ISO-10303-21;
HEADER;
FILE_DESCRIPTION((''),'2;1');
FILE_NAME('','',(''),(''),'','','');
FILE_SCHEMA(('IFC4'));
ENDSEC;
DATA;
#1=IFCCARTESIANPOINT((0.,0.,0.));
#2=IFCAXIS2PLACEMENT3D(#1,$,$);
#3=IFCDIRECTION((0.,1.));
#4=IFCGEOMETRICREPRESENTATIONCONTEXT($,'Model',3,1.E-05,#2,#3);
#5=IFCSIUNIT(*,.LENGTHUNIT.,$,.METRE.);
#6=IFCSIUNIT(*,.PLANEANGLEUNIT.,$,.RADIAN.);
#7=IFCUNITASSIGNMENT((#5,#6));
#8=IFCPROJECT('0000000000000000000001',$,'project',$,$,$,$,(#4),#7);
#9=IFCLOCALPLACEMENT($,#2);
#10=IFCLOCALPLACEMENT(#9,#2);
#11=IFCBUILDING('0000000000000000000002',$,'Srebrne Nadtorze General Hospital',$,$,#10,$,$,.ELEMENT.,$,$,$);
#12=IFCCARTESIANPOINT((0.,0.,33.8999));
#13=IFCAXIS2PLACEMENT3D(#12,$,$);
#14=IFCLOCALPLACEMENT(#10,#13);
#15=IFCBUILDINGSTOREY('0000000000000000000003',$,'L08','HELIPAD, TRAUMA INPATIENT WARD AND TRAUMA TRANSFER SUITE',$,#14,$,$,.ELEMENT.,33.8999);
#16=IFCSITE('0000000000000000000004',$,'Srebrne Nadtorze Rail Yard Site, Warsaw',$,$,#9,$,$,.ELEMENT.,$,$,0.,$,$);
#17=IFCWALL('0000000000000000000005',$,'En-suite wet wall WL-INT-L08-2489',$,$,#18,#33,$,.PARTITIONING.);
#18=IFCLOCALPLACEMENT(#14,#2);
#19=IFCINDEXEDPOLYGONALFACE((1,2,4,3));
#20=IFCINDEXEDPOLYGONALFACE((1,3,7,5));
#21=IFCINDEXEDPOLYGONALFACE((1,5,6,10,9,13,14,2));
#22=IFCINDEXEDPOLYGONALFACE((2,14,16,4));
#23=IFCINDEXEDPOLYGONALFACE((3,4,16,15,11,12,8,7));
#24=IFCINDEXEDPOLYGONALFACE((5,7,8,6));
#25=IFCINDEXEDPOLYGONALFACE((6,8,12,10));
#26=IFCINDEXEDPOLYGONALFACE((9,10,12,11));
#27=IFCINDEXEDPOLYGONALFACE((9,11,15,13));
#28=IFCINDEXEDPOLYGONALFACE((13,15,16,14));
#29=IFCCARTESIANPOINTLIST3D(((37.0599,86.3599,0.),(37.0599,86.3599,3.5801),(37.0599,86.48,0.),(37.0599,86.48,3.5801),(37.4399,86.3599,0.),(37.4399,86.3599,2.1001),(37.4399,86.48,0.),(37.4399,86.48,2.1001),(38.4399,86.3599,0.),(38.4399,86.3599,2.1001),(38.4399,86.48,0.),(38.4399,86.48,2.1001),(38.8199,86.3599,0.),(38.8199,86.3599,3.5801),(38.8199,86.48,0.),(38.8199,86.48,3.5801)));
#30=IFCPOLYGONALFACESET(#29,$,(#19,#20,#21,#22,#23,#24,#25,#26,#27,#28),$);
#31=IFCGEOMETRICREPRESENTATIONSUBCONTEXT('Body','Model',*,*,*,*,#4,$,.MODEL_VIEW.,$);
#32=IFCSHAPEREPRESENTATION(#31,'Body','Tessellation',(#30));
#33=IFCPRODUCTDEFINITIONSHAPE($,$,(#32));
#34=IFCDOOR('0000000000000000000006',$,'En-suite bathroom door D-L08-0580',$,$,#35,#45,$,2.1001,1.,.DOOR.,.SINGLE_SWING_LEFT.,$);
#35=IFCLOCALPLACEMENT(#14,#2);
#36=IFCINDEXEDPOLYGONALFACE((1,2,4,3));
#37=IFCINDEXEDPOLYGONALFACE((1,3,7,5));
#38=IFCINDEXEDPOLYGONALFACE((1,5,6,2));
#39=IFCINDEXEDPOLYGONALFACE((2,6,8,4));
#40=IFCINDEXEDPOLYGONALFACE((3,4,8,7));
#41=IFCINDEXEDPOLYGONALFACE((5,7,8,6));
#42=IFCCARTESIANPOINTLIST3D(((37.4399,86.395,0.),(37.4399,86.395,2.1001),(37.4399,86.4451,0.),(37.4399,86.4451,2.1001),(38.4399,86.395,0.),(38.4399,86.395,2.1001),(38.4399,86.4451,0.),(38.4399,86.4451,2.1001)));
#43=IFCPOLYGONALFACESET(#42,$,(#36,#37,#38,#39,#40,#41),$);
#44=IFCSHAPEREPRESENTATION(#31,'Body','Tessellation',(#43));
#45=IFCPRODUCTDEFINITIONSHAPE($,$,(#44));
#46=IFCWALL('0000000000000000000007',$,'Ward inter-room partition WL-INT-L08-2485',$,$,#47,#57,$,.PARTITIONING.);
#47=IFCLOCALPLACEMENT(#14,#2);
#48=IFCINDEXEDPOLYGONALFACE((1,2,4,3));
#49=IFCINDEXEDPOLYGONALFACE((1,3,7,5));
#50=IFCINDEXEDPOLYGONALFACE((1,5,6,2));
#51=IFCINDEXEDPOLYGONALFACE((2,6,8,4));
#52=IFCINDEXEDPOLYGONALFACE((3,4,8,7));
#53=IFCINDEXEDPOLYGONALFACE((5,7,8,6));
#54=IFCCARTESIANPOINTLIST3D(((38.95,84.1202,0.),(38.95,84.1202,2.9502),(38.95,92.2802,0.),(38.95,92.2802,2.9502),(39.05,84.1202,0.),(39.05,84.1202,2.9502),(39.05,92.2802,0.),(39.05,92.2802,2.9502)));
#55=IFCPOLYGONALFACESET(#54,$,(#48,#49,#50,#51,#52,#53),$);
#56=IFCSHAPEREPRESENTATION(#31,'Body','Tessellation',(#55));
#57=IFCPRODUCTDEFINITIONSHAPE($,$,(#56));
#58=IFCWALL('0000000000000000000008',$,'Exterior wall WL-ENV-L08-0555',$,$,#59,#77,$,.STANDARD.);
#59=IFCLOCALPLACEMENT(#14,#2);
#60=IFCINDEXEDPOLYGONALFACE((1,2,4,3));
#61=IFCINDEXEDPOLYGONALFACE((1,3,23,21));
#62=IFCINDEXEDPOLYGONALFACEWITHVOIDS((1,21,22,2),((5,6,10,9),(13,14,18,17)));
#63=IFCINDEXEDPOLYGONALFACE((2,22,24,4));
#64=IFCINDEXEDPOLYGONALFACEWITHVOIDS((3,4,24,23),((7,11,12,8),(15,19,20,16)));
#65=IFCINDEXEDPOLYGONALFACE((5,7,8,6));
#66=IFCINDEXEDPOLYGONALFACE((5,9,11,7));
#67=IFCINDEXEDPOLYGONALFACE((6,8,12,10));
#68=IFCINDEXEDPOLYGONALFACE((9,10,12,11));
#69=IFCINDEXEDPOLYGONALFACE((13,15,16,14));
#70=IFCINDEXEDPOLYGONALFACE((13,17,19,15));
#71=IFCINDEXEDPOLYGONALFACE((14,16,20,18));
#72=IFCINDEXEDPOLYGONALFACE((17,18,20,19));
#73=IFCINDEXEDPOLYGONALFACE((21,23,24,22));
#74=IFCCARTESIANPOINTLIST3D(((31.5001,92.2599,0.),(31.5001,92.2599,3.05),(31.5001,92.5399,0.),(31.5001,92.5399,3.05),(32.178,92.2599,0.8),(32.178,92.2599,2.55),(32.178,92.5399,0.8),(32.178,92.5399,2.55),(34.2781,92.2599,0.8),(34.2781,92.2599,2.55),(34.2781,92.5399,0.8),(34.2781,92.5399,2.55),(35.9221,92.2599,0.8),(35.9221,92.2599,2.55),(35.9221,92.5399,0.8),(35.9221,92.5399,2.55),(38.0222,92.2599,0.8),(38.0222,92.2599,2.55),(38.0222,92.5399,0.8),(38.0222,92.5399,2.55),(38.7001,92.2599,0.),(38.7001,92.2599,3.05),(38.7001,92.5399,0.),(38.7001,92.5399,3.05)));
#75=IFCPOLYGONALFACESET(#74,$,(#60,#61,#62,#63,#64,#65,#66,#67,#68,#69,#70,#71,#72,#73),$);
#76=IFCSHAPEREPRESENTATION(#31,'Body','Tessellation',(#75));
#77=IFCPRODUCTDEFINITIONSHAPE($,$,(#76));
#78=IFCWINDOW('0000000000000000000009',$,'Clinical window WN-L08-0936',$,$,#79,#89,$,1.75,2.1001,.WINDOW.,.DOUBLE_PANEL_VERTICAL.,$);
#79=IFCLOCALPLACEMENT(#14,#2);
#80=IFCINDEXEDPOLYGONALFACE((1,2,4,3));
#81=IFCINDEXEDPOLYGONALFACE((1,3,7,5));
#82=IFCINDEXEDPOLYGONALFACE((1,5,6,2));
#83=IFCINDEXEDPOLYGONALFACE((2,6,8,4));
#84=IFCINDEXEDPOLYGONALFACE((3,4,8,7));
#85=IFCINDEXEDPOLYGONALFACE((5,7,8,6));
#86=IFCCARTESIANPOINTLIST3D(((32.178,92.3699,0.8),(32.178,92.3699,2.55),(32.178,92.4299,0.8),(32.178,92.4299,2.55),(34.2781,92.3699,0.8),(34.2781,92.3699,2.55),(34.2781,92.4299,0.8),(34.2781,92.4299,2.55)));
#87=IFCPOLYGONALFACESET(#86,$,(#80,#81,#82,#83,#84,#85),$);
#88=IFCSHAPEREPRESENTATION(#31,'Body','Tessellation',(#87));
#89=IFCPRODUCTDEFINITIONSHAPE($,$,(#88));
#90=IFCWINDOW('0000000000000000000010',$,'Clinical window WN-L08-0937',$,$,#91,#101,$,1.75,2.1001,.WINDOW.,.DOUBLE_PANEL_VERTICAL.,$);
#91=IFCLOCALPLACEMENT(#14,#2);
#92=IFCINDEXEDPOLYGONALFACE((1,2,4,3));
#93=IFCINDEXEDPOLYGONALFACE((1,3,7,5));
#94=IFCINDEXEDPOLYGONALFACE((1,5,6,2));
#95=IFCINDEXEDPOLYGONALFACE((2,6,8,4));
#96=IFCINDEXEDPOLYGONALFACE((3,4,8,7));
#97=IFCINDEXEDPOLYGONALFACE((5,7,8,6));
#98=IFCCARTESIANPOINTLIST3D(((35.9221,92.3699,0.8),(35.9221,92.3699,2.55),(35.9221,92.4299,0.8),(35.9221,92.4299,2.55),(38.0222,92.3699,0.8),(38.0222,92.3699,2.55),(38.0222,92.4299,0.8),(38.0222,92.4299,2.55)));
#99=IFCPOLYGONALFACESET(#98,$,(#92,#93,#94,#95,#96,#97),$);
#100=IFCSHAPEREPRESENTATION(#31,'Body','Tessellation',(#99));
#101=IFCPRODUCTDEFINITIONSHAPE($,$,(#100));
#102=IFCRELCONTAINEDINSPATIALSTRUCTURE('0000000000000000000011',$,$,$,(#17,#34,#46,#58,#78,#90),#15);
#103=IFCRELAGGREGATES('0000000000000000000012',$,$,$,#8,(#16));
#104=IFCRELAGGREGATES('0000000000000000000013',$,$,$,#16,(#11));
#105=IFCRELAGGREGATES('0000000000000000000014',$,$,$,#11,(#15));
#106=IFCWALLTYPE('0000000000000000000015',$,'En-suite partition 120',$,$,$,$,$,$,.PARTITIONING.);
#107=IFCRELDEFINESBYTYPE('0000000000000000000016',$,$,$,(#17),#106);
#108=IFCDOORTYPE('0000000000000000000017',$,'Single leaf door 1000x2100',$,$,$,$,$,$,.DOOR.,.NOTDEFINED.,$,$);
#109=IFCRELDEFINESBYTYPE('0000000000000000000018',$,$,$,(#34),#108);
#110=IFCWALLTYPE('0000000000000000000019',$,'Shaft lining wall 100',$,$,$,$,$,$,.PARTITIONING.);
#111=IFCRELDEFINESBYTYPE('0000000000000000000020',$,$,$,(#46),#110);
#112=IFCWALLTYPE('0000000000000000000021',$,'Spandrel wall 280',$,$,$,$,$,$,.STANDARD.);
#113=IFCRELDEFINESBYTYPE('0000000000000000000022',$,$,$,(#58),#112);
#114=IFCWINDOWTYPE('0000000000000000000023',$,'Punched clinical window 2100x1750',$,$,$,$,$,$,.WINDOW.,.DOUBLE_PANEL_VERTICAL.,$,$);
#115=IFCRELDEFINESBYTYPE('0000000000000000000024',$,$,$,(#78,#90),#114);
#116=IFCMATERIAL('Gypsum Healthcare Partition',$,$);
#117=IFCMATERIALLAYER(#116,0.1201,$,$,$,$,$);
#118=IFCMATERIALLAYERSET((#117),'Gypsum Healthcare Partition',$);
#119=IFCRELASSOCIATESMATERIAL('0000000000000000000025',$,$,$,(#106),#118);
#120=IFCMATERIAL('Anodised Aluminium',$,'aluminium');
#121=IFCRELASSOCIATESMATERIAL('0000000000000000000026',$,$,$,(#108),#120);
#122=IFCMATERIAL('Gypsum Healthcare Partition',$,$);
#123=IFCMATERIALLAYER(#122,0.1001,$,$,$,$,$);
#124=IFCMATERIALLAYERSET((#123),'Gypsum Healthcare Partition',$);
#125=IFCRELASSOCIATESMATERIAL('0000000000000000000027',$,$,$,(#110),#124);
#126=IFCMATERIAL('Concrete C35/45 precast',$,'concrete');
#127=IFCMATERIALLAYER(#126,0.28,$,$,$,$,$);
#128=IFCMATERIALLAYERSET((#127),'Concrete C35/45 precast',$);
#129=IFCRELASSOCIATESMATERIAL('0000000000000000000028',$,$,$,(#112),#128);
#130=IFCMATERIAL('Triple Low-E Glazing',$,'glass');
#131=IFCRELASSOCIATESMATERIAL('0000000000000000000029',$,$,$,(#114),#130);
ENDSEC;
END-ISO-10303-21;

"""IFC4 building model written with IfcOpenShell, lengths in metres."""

from ifc_helpers import new_model, si_unit, direction, frame, frame_2d, origin, place, context, subcontext, project, spatial, rectangle, extrude, material, layer, layer_set, type_object, element, fill, save


model = new_model("IFC4")

# Units and contexts
model_context = context("Model", 3, precision=1e-05, world=origin(), true_north=direction((0.0, 1.0)))
body_context = subcontext(model_context, "Body", "Model", "MODEL_VIEW")
ifc_project = project(units=[si_unit("LENGTHUNIT", "METRE"), si_unit("PLANEANGLEUNIT", "RADIAN")], contexts=[model_context])

# Site, building, storey
site_placement = place(None, origin())
site = spatial("IfcSite", under=ifc_project, at=site_placement, Name="Srebrne Nadtorze Rail Yard Site, Warsaw", CompositionType="ELEMENT", RefElevation=0.0)
building_placement = place(site_placement, origin())
building = spatial("IfcBuilding", under=site, at=building_placement, Name="Srebrne Nadtorze General Hospital", CompositionType="ELEMENT")
storey_placement = place(building_placement, frame((0.0, 0.0, 33.8999)))
storey = spatial("IfcBuildingStorey", under=building, at=storey_placement, Name="L08", Description="HELIPAD, TRAUMA INPATIENT WARD AND TRAUMA TRANSFER SUITE", CompositionType="ELEMENT", Elevation=33.8999)

# Shared definitions
ifc_material_1 = material(Name="Gypsum Healthcare Partition")
ifc_layer_1 = layer(ifc_material_1, 0.1201)
ifc_layer_set_1 = layer_set([ifc_layer_1], Name="Gypsum Healthcare Partition")
wall_type_1 = type_object("IfcWallType", Name="En-suite partition 120", PredefinedType="PARTITIONING", material=ifc_layer_set_1)

# Wall, opening, door
wall_1_placement = place(storey_placement, frame((37.0601, 86.4199, 0.0), z_axis=(0.0, 0.0, 1.0), x_axis=(1.0, 0.0, 0.0)))
wall_1 = element("IfcWall", 1, at=wall_1_placement, inside=storey, type_object=wall_type_1, Name="En-suite wet wall WL-INT-L08-2489", PredefinedType="PARTITIONING", context=body_context, shape_type="SweptSolid", body=[
    extrude(rectangle(XDim=1.76, YDim=0.1201, at=frame_2d((0.8799, 0.0))), origin(), (0.0, 0.0, 1.0), 3.5801),
])
opening_1_placement = place(wall_1_placement, frame((0.3799, 0.0, 0.0)))
opening_1 = element("IfcOpeningElement", 2, at=opening_1_placement, cuts=wall_1, PredefinedType="OPENING", context=body_context, shape_type="SweptSolid", body=[
    extrude(rectangle(XDim=1.0, YDim=2.1001, at=frame_2d((0.5, 1.05))), frame((0.0, 0.072, 0.0), z_axis=(0.0, -1.0, 0.0), x_axis=(1.0, 0.0, 0.0)), (0.0, 0.0, 1.0), 0.144),
])
ifc_material_2 = material(Name="Anodised Aluminium", Category="aluminium")
door_type_1 = type_object("IfcDoorType", Name="Single leaf door 1000x2100", OperationType="NOTDEFINED", PredefinedType="DOOR", material=ifc_material_2)
door_1_placement = place(opening_1_placement, frame((1.0, 0.0, 0.0), z_axis=(0.0, 0.0, 1.0), x_axis=(-1.0, 0.0, 0.0)))
door_1 = element("IfcDoor", 3, at=door_1_placement, inside=storey, type_object=door_type_1, Name="En-suite bathroom door D-L08-0580", OperationType="SINGLE_SWING_LEFT", OverallHeight=2.1001, OverallWidth=1.0, PredefinedType="DOOR", context=body_context, shape_type="SweptSolid", body=[
    extrude(rectangle(XDim=1.0, YDim=2.1001, at=frame_2d((0.5, 1.05))), frame((0.0, 0.0249, 0.0), z_axis=(0.0, -1.0, 0.0), x_axis=(1.0, 0.0, 0.0)), (0.0, 0.0, 1.0), 0.05),
])
fill(opening_1, door_1)

# Wall
ifc_material_3 = material(Name="Gypsum Healthcare Partition")
ifc_layer_2 = layer(ifc_material_3, 0.1001)
ifc_layer_set_2 = layer_set([ifc_layer_2], Name="Gypsum Healthcare Partition")
wall_type_2 = type_object("IfcWallType", Name="Shaft lining wall 100", PredefinedType="PARTITIONING", material=ifc_layer_set_2)
wall_2_placement = place(storey_placement, frame((39.0, 84.1201, 0.0), z_axis=(0.0, 0.0, 1.0), x_axis=(0.0, 1.0, 0.0)))
element("IfcWall", 4, at=wall_2_placement, inside=storey, type_object=wall_type_2, Name="Ward inter-room partition WL-INT-L08-2485", PredefinedType="PARTITIONING", context=body_context, shape_type="SweptSolid", body=[
    extrude(rectangle(XDim=8.1599, YDim=0.1001, at=frame_2d((4.0801, 0.0))), origin(), (0.0, 0.0, 1.0), 2.9502),
])

# Wall, openings, windows
ifc_material_4 = material(Name="Concrete C35/45 precast", Category="concrete")
ifc_layer_3 = layer(ifc_material_4, 0.28)
ifc_layer_set_3 = layer_set([ifc_layer_3], Name="Concrete C35/45 precast")
wall_type_3 = type_object("IfcWallType", Name="Spandrel wall 280", PredefinedType="STANDARD", material=ifc_layer_set_3)
wall_3_placement = place(storey_placement, frame((31.5, 92.3999, 0.0), z_axis=(0.0, 0.0, 1.0), x_axis=(1.0, 0.0, 0.0)))
wall_3 = element("IfcWall", 5, at=wall_3_placement, inside=storey, type_object=wall_type_3, Name="Exterior wall WL-ENV-L08-0555", PredefinedType="STANDARD", context=body_context, shape_type="SweptSolid", body=[
    extrude(rectangle(XDim=7.2, YDim=0.28, at=frame_2d((3.6001, 0.0))), origin(), (0.0, 0.0, 1.0), 3.05),
])
opening_2_placement = place(wall_3_placement, frame((0.678, 0.0, 0.8)))
opening_2 = element("IfcOpeningElement", 6, at=opening_2_placement, cuts=wall_3, PredefinedType="OPENING", context=body_context, shape_type="SweptSolid", body=[
    extrude(rectangle(XDim=2.1001, YDim=1.75, at=frame_2d((1.05, 0.875))), frame((0.0, 0.1519, 0.0), z_axis=(0.0, -1.0, 0.0), x_axis=(1.0, 0.0, 0.0)), (0.0, 0.0, 1.0), 0.304),
])
opening_3_placement = place(wall_3_placement, frame((4.4221, 0.0, 0.8)))
opening_3 = element("IfcOpeningElement", 7, at=opening_3_placement, cuts=wall_3, PredefinedType="OPENING", context=body_context, shape_type="SweptSolid", body=[
    extrude(rectangle(XDim=2.1001, YDim=1.75, at=frame_2d((1.05, 0.875))), frame((0.0, 0.1519, 0.0), z_axis=(0.0, -1.0, 0.0), x_axis=(1.0, 0.0, 0.0)), (0.0, 0.0, 1.0), 0.304),
])
ifc_material_5 = material(Name="Triple Low-E Glazing", Category="glass")
window_type = type_object("IfcWindowType", Name="Punched clinical window 2100x1750", PartitioningType="DOUBLE_PANEL_VERTICAL", PredefinedType="WINDOW", material=ifc_material_5)
window_1_placement = place(opening_2_placement, origin())
window_1 = element("IfcWindow", 8, at=window_1_placement, inside=storey, type_object=window_type, Name="Clinical window WN-L08-0936", OverallHeight=1.75, OverallWidth=2.1001, PartitioningType="DOUBLE_PANEL_VERTICAL", PredefinedType="WINDOW", context=body_context, shape_type="SweptSolid", body=[
    extrude(rectangle(XDim=2.1001, YDim=1.75, at=frame_2d((1.05, 0.875))), frame((0.0, 0.03, 0.0), z_axis=(0.0, -1.0, 0.0), x_axis=(1.0, 0.0, 0.0)), (0.0, 0.0, 1.0), 0.0601),
])
fill(opening_2, window_1)
window_2_placement = place(opening_3_placement, origin())
window_2 = element("IfcWindow", 9, at=window_2_placement, inside=storey, type_object=window_type, Name="Clinical window WN-L08-0937", OverallHeight=1.75, OverallWidth=2.1001, PartitioningType="DOUBLE_PANEL_VERTICAL", PredefinedType="WINDOW", context=body_context, shape_type="SweptSolid", body=[
    extrude(rectangle(XDim=2.1001, YDim=1.75, at=frame_2d((1.05, 0.875))), frame((0.0, 0.03, 0.0), z_axis=(0.0, -1.0, 0.0), x_axis=(1.0, 0.0, 0.0)), (0.0, 0.0, 1.0), 0.0601),
])
fill(opening_3, window_2)

save(model, "model.ifc")
